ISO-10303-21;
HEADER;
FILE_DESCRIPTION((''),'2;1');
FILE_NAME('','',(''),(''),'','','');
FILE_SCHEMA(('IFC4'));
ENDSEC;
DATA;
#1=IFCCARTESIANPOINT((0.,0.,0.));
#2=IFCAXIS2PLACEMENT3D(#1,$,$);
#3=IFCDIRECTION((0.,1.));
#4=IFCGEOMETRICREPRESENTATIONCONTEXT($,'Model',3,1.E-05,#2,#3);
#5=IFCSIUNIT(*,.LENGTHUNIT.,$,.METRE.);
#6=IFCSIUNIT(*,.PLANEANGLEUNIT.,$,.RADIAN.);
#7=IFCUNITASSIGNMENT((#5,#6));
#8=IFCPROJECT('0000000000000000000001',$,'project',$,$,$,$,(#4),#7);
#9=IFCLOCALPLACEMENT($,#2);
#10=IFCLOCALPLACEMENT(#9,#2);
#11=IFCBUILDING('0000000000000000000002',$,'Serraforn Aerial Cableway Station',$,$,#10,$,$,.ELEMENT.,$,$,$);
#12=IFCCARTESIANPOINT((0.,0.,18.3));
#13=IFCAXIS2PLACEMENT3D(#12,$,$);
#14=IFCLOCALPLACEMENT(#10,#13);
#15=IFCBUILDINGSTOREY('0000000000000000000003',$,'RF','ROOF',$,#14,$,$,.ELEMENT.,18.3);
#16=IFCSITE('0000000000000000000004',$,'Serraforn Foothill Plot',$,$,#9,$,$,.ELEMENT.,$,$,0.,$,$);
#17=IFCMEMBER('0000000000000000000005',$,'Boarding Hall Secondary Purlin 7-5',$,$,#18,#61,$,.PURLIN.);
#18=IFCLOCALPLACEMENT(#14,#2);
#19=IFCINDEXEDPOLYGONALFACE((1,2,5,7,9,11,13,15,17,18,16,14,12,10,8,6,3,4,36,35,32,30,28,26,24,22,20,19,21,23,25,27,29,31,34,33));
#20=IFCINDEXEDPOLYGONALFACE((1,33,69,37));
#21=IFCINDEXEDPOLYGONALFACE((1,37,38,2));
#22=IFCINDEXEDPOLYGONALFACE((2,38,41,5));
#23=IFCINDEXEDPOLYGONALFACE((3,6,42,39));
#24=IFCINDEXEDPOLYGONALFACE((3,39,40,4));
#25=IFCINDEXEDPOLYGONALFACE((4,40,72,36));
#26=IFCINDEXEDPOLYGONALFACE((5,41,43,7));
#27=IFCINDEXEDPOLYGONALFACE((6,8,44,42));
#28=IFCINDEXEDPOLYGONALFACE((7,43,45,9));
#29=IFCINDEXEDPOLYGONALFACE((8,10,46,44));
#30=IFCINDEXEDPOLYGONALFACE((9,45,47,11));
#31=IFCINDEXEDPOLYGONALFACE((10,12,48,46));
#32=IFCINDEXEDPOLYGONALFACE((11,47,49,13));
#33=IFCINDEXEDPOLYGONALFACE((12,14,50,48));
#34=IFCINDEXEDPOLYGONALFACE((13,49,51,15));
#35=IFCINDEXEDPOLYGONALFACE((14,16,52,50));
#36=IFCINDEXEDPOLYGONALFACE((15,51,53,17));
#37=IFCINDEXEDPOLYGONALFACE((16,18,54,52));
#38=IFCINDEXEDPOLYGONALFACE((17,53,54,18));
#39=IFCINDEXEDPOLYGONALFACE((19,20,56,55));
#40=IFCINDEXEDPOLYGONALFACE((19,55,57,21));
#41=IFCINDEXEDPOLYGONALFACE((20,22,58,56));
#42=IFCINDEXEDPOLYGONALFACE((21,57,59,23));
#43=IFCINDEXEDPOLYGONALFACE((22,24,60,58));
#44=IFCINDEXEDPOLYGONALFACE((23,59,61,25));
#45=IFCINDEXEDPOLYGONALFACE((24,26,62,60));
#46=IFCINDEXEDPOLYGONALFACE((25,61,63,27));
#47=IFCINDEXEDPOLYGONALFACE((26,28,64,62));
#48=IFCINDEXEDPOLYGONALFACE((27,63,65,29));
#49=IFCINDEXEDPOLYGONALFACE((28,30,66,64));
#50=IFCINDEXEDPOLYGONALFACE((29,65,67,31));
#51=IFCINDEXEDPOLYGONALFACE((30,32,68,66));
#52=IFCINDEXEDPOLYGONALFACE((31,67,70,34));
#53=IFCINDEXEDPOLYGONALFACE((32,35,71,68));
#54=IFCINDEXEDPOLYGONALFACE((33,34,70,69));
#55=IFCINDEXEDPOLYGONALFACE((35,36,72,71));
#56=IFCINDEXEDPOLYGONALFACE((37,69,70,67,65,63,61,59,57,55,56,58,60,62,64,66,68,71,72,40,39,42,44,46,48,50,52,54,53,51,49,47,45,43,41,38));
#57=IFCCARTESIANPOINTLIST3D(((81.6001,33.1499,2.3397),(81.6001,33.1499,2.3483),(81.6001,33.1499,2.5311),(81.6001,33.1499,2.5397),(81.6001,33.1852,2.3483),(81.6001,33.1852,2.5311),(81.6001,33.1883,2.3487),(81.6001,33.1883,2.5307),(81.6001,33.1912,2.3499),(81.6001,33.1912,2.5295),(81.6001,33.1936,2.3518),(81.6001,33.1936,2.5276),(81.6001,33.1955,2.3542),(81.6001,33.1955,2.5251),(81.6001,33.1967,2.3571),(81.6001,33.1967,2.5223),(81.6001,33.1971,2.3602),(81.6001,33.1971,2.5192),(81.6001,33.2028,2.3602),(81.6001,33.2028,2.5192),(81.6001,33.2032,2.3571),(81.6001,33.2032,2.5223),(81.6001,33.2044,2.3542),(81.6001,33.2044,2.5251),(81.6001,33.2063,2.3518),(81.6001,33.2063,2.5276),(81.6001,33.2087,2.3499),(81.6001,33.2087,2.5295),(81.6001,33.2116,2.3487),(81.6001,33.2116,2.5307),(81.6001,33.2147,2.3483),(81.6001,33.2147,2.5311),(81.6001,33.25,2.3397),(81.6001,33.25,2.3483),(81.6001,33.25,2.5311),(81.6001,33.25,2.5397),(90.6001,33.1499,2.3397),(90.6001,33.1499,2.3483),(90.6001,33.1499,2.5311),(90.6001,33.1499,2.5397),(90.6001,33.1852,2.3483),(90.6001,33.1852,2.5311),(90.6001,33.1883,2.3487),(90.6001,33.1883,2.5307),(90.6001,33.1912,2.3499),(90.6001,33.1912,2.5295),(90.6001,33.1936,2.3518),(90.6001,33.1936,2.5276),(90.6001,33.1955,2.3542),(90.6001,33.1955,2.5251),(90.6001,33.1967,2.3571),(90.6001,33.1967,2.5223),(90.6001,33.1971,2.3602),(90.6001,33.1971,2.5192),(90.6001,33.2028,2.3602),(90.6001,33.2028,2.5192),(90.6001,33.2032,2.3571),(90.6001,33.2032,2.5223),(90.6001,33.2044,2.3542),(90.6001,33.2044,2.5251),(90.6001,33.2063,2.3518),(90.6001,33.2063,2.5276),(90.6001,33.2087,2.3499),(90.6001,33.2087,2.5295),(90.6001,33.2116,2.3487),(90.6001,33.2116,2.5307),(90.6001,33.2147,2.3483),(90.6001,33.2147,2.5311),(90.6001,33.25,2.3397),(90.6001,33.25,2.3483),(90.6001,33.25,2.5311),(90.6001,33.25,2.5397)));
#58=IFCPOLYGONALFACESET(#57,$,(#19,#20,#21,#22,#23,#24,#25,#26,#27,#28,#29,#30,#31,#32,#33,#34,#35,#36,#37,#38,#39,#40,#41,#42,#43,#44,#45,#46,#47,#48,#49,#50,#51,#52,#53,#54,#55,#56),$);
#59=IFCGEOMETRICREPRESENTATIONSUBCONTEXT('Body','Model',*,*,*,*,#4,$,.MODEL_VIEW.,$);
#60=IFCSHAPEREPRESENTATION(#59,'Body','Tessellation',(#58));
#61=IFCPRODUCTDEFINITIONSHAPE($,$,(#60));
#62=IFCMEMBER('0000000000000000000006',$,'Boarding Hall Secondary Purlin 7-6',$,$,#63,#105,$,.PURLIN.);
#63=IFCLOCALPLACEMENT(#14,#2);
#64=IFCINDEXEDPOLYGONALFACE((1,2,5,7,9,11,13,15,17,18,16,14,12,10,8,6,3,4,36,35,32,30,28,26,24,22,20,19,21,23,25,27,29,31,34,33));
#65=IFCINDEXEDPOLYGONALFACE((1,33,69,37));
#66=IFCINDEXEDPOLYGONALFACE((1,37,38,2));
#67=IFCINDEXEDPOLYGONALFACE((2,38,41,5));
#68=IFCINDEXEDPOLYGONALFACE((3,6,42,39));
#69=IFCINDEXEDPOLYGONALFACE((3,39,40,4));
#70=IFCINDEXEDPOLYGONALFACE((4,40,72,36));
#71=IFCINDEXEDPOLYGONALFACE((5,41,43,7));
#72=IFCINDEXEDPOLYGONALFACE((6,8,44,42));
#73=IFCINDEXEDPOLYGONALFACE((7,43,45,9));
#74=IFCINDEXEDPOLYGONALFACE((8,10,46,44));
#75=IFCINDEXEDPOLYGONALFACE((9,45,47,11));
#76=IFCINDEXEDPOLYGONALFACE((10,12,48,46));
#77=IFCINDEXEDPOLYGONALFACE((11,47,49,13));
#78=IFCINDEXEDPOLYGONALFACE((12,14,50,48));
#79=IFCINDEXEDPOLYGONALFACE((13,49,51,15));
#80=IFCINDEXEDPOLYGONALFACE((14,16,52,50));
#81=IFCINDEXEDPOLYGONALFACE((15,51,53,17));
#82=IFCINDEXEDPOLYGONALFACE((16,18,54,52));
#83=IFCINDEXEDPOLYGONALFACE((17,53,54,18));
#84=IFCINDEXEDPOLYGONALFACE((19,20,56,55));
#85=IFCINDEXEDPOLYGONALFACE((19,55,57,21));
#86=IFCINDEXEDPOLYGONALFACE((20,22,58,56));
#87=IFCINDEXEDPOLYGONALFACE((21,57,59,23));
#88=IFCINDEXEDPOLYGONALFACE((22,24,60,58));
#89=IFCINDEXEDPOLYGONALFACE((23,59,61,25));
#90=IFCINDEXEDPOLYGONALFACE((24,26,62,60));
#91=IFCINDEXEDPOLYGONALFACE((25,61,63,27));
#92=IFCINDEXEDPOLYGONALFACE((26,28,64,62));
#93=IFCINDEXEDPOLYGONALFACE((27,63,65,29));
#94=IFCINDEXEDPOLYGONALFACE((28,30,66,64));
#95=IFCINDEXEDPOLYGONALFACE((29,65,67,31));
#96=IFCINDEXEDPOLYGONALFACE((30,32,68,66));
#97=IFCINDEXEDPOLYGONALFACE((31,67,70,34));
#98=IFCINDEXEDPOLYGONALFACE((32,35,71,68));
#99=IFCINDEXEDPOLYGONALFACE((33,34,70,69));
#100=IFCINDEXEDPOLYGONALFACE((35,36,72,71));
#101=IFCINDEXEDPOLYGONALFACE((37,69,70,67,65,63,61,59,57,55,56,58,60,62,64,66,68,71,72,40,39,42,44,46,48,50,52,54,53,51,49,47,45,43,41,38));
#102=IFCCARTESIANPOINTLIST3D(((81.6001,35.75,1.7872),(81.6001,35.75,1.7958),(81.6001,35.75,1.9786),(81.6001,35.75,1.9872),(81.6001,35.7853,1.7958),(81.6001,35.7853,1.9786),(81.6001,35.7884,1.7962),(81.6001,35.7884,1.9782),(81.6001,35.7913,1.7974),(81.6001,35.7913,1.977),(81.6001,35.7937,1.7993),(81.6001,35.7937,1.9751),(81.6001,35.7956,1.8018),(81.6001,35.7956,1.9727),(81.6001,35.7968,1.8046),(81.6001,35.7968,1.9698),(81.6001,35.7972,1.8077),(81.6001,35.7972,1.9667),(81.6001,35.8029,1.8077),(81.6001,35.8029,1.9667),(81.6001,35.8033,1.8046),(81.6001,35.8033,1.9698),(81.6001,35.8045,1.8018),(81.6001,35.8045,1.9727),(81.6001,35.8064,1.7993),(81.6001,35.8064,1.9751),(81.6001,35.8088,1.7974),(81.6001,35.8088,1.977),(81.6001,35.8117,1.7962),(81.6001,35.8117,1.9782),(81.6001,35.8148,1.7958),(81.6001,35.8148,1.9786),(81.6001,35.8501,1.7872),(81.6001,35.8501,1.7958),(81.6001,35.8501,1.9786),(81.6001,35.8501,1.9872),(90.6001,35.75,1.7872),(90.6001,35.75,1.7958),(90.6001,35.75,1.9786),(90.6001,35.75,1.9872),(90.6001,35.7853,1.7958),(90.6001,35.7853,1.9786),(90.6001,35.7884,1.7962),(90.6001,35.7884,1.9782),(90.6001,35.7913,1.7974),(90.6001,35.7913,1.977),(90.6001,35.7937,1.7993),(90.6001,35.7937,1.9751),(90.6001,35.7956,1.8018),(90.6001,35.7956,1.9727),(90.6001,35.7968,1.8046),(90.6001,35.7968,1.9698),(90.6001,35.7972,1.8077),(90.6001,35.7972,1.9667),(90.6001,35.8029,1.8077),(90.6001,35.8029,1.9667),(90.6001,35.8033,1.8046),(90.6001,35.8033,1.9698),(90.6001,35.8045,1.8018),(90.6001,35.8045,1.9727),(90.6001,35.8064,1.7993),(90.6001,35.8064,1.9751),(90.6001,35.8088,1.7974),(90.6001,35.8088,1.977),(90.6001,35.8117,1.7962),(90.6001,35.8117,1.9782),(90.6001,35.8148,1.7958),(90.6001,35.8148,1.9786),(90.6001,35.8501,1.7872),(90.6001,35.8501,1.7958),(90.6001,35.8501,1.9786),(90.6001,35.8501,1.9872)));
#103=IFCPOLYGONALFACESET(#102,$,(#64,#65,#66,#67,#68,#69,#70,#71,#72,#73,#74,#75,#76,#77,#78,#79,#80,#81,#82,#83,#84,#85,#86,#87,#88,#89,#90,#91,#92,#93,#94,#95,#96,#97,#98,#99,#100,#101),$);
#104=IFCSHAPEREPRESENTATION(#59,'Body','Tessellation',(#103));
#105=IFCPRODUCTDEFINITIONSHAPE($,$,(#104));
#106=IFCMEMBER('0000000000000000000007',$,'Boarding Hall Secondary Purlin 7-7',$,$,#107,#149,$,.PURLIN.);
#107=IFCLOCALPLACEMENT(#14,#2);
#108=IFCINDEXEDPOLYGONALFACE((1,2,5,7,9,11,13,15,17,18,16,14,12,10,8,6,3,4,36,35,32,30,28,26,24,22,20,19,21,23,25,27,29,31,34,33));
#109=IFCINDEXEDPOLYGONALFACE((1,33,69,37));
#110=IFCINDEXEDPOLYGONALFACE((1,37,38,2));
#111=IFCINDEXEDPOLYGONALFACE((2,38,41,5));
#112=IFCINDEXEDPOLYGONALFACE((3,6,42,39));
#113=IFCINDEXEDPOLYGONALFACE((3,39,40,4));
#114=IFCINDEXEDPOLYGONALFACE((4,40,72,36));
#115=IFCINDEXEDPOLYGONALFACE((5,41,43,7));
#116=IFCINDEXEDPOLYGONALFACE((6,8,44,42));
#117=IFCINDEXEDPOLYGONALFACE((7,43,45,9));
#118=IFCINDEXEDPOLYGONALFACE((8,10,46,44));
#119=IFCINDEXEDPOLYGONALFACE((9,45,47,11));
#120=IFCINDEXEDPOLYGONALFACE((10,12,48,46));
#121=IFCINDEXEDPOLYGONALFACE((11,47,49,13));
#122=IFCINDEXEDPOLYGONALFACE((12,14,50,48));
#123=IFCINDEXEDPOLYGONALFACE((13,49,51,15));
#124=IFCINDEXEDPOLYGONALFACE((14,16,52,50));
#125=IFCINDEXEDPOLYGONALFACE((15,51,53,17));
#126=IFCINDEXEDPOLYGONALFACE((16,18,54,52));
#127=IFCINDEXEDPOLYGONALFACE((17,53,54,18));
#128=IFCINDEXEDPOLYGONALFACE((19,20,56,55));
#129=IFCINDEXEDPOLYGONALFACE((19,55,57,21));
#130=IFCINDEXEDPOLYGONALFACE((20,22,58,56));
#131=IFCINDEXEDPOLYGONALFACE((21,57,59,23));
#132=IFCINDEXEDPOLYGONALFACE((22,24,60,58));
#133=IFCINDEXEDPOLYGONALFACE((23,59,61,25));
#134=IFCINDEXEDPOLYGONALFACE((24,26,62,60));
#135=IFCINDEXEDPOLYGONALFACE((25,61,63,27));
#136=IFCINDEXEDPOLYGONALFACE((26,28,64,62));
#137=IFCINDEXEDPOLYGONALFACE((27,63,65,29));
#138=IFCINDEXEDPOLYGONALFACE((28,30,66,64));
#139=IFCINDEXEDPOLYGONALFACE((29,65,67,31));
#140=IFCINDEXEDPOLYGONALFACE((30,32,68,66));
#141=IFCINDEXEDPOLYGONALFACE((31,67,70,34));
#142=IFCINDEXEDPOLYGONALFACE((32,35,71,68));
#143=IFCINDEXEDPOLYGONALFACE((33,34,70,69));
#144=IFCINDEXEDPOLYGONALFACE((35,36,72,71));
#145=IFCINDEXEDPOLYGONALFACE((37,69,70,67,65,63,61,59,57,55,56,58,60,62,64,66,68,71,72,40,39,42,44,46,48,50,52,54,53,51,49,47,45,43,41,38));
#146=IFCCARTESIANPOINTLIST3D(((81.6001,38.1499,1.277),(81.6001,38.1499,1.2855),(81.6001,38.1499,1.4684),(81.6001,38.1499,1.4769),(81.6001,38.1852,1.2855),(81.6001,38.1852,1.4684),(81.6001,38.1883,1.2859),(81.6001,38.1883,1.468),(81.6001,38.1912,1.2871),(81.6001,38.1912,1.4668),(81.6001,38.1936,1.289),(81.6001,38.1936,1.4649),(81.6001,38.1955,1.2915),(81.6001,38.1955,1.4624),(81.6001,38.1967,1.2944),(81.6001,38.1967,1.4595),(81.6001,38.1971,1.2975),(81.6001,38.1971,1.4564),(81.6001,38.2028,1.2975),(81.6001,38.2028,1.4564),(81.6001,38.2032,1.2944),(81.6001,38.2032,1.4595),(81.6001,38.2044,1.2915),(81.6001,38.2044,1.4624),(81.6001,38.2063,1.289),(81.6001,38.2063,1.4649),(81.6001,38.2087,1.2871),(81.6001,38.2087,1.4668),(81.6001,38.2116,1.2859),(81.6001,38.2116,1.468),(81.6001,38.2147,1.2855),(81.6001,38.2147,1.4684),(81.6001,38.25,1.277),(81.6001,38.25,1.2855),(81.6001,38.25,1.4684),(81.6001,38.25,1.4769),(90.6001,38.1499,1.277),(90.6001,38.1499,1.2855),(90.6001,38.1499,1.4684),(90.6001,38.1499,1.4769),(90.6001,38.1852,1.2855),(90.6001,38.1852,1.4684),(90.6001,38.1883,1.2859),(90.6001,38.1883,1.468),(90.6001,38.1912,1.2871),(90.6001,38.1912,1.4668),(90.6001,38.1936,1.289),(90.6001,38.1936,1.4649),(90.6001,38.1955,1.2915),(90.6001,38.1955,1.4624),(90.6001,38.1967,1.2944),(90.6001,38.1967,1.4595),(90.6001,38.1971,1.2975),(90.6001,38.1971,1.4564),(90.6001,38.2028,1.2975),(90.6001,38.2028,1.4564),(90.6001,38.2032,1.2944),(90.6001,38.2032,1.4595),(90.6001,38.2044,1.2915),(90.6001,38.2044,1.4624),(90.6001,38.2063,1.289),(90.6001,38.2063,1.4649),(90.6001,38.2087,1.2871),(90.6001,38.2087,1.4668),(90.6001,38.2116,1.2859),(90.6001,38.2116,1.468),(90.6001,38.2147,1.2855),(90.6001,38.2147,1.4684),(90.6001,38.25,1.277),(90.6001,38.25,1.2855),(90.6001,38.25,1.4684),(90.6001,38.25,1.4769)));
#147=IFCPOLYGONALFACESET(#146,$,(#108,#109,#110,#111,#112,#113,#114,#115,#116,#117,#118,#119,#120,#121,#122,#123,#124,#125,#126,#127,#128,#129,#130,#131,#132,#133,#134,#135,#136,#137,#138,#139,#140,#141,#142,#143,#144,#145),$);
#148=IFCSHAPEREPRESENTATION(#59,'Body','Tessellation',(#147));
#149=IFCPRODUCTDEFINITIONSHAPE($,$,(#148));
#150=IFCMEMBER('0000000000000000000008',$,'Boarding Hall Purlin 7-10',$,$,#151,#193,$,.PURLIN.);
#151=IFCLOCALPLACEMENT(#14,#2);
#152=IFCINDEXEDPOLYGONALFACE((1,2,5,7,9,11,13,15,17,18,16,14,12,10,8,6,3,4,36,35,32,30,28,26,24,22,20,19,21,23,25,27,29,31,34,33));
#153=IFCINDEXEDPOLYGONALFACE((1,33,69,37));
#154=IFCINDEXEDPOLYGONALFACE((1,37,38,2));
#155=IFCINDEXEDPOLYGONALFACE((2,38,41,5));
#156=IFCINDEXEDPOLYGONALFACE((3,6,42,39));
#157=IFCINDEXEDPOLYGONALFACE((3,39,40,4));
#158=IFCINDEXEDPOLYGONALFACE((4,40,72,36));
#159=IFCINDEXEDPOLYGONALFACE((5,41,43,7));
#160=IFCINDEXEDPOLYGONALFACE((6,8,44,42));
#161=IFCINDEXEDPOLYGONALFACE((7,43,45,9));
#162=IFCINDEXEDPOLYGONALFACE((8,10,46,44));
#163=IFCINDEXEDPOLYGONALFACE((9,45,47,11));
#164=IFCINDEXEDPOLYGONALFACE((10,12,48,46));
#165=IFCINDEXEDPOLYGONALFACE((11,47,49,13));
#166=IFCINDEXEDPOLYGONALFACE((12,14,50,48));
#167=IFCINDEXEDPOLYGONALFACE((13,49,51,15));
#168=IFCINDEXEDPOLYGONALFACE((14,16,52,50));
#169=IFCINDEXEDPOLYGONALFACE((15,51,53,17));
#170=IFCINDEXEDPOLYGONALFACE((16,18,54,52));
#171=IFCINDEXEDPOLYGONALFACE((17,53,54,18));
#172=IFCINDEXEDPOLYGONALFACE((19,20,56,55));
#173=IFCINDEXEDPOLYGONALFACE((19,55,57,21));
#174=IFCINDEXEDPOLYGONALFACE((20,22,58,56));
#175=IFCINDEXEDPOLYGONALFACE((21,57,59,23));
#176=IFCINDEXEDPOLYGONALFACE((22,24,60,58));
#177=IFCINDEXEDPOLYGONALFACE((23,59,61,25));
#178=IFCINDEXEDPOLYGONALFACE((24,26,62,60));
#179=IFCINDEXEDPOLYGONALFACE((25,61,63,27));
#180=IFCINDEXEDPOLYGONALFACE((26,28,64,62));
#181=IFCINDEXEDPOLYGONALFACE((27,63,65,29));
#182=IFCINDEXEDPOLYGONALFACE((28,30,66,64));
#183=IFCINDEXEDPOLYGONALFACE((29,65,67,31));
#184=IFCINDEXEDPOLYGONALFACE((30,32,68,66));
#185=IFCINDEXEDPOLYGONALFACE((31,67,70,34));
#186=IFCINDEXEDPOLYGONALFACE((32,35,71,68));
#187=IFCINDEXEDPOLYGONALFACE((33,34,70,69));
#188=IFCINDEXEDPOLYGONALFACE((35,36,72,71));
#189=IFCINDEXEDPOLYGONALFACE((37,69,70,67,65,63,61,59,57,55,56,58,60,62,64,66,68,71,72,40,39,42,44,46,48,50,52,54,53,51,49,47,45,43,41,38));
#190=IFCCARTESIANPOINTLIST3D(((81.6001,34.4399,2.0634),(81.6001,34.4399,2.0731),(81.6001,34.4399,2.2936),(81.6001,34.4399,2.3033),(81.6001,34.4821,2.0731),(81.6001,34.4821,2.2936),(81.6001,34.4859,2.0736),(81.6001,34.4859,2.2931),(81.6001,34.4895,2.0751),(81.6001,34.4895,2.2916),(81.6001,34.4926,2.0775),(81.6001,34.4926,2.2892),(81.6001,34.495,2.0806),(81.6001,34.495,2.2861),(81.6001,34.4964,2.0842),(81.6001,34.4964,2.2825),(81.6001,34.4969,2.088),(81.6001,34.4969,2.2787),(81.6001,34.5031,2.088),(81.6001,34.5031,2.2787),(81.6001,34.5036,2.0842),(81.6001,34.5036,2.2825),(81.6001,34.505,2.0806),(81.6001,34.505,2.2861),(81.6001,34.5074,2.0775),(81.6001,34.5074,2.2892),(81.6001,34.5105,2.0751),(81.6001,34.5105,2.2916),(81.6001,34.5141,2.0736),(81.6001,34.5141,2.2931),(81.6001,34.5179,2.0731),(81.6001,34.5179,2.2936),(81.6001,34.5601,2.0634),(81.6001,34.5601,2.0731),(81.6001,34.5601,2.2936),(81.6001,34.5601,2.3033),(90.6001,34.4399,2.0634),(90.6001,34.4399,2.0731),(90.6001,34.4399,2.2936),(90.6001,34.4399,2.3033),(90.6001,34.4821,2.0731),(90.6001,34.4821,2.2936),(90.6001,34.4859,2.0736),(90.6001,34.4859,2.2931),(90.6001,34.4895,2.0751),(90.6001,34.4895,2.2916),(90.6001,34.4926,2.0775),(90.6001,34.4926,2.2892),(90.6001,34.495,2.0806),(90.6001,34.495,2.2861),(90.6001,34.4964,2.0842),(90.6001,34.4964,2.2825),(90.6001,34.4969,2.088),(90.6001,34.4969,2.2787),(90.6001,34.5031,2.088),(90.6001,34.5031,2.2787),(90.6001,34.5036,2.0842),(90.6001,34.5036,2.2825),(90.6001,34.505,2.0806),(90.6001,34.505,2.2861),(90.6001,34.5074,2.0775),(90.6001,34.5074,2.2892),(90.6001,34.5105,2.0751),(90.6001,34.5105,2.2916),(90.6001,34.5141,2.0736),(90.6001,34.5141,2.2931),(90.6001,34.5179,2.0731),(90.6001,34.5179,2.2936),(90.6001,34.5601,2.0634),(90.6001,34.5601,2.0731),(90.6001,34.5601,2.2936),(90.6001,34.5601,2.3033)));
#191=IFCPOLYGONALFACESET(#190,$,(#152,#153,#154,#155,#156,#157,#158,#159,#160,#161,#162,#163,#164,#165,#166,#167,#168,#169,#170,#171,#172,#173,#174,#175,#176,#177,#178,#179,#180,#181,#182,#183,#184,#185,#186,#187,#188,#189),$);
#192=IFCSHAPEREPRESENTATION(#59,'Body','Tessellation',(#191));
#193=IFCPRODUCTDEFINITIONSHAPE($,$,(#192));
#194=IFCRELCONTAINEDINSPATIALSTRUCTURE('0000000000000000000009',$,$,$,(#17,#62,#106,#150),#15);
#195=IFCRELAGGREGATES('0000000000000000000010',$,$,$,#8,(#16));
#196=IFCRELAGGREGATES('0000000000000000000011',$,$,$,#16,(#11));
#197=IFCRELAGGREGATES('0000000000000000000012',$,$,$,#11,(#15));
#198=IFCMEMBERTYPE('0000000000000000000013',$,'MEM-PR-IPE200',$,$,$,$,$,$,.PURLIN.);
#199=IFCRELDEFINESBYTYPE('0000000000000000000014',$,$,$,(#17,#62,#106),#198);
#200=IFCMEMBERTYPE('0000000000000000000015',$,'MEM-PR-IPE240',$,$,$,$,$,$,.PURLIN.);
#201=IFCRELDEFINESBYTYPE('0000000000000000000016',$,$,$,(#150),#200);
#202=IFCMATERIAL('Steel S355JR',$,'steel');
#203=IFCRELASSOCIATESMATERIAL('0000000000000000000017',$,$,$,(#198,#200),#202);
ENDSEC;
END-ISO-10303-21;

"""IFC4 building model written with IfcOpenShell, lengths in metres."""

from ifc_helpers import new_model, si_unit, direction, frame, origin, origin_2d, place, context, subcontext, project, spatial, i_section, extrude, material, material_profile, profile_set, type_object, element, save


model = new_model("IFC4")

# Units and contexts
model_context = context("Model", 3, precision=1e-05, world=origin(), true_north=direction((0.0, 1.0)))
body_context = subcontext(model_context, "Body", "Model", "MODEL_VIEW")
ifc_project = project(units=[si_unit("LENGTHUNIT", "METRE"), si_unit("PLANEANGLEUNIT", "RADIAN")], contexts=[model_context])

# Site, building, storey
site_placement = place(None, origin())
site = spatial("IfcSite", under=ifc_project, at=site_placement, Name="Serraforn Foothill Plot", CompositionType="ELEMENT", RefElevation=0.0)
building_placement = place(site_placement, origin())
building = spatial("IfcBuilding", under=site, at=building_placement, Name="Serraforn Aerial Cableway Station", CompositionType="ELEMENT")
storey_placement = place(building_placement, frame((0.0, 0.0, 18.3)))
storey = spatial("IfcBuildingStorey", under=building, at=storey_placement, Name="RF", Description="ROOF", CompositionType="ELEMENT", Elevation=18.3)

# Members
ifc_material_1 = material(Name="Steel S355JR", Category="steel")
ifc_material_profile_1 = material_profile(ifc_material_1, i_section(OverallWidth=0.1001, OverallDepth=0.2, WebThickness=0.0056, FlangeThickness=0.0085, FilletRadius=0.012, at=origin_2d()), Name="IPE 200")
ifc_profile_set_1 = profile_set([ifc_material_profile_1], Name="Steel S355JR")
member_type_1 = type_object("IfcMemberType", Name="MEM-PR-IPE200", PredefinedType="PURLIN", material=ifc_profile_set_1)
for number, where, z_axis, x_axis, name in (
    (1, (81.6001, 33.2, 2.4397), (1.0, 0.0, 0.0), (0.0, 1.0, 0.0), "Boarding Hall Secondary Purlin 7-5"),
    (2, (81.6001, 35.8, 1.8872), (1.0, 0.0, 0.0), (0.0, 1.0, 0.0), "Boarding Hall Secondary Purlin 7-6"),
    (3, (81.6001, 38.2, 1.377), (1.0, 0.0, 0.0), (0.0, 1.0, 0.0), "Boarding Hall Secondary Purlin 7-7"),
):
    element("IfcMember", number, at=place(storey_placement, frame(where, z_axis=z_axis, x_axis=x_axis)), inside=storey, type_object=member_type_1, Name=name, PredefinedType="PURLIN", context=body_context, shape_type="SweptSolid", body=[
        extrude(i_section(OverallWidth=0.1001, OverallDepth=0.2, WebThickness=0.0056, FlangeThickness=0.0085, FilletRadius=0.012, at=origin_2d()), origin(), (0.0, 0.0, 1.0), 9.0),
    ])
ifc_material_profile_2 = material_profile(ifc_material_1, i_section(OverallWidth=0.1201, OverallDepth=0.24, WebThickness=0.0061, FlangeThickness=0.0098, FilletRadius=0.0149, at=origin_2d()), Name="IPE 240")
ifc_profile_set_2 = profile_set([ifc_material_profile_2], Name="Steel S355JR")
member_type_2 = type_object("IfcMemberType", Name="MEM-PR-IPE240", PredefinedType="PURLIN", material=ifc_profile_set_2)
member_1_placement = place(storey_placement, frame((81.6001, 34.5, 2.1833), z_axis=(1.0, 0.0, 0.0), x_axis=(0.0, 1.0, 0.0)))
element("IfcMember", 4, at=member_1_placement, inside=storey, type_object=member_type_2, Name="Boarding Hall Purlin 7-10", PredefinedType="PURLIN", context=body_context, shape_type="SweptSolid", body=[
    extrude(i_section(OverallWidth=0.1201, OverallDepth=0.24, WebThickness=0.0061, FlangeThickness=0.0098, FilletRadius=0.0149, at=origin_2d()), origin(), (0.0, 0.0, 1.0), 9.0),
])

save(model, "model.ifc")
